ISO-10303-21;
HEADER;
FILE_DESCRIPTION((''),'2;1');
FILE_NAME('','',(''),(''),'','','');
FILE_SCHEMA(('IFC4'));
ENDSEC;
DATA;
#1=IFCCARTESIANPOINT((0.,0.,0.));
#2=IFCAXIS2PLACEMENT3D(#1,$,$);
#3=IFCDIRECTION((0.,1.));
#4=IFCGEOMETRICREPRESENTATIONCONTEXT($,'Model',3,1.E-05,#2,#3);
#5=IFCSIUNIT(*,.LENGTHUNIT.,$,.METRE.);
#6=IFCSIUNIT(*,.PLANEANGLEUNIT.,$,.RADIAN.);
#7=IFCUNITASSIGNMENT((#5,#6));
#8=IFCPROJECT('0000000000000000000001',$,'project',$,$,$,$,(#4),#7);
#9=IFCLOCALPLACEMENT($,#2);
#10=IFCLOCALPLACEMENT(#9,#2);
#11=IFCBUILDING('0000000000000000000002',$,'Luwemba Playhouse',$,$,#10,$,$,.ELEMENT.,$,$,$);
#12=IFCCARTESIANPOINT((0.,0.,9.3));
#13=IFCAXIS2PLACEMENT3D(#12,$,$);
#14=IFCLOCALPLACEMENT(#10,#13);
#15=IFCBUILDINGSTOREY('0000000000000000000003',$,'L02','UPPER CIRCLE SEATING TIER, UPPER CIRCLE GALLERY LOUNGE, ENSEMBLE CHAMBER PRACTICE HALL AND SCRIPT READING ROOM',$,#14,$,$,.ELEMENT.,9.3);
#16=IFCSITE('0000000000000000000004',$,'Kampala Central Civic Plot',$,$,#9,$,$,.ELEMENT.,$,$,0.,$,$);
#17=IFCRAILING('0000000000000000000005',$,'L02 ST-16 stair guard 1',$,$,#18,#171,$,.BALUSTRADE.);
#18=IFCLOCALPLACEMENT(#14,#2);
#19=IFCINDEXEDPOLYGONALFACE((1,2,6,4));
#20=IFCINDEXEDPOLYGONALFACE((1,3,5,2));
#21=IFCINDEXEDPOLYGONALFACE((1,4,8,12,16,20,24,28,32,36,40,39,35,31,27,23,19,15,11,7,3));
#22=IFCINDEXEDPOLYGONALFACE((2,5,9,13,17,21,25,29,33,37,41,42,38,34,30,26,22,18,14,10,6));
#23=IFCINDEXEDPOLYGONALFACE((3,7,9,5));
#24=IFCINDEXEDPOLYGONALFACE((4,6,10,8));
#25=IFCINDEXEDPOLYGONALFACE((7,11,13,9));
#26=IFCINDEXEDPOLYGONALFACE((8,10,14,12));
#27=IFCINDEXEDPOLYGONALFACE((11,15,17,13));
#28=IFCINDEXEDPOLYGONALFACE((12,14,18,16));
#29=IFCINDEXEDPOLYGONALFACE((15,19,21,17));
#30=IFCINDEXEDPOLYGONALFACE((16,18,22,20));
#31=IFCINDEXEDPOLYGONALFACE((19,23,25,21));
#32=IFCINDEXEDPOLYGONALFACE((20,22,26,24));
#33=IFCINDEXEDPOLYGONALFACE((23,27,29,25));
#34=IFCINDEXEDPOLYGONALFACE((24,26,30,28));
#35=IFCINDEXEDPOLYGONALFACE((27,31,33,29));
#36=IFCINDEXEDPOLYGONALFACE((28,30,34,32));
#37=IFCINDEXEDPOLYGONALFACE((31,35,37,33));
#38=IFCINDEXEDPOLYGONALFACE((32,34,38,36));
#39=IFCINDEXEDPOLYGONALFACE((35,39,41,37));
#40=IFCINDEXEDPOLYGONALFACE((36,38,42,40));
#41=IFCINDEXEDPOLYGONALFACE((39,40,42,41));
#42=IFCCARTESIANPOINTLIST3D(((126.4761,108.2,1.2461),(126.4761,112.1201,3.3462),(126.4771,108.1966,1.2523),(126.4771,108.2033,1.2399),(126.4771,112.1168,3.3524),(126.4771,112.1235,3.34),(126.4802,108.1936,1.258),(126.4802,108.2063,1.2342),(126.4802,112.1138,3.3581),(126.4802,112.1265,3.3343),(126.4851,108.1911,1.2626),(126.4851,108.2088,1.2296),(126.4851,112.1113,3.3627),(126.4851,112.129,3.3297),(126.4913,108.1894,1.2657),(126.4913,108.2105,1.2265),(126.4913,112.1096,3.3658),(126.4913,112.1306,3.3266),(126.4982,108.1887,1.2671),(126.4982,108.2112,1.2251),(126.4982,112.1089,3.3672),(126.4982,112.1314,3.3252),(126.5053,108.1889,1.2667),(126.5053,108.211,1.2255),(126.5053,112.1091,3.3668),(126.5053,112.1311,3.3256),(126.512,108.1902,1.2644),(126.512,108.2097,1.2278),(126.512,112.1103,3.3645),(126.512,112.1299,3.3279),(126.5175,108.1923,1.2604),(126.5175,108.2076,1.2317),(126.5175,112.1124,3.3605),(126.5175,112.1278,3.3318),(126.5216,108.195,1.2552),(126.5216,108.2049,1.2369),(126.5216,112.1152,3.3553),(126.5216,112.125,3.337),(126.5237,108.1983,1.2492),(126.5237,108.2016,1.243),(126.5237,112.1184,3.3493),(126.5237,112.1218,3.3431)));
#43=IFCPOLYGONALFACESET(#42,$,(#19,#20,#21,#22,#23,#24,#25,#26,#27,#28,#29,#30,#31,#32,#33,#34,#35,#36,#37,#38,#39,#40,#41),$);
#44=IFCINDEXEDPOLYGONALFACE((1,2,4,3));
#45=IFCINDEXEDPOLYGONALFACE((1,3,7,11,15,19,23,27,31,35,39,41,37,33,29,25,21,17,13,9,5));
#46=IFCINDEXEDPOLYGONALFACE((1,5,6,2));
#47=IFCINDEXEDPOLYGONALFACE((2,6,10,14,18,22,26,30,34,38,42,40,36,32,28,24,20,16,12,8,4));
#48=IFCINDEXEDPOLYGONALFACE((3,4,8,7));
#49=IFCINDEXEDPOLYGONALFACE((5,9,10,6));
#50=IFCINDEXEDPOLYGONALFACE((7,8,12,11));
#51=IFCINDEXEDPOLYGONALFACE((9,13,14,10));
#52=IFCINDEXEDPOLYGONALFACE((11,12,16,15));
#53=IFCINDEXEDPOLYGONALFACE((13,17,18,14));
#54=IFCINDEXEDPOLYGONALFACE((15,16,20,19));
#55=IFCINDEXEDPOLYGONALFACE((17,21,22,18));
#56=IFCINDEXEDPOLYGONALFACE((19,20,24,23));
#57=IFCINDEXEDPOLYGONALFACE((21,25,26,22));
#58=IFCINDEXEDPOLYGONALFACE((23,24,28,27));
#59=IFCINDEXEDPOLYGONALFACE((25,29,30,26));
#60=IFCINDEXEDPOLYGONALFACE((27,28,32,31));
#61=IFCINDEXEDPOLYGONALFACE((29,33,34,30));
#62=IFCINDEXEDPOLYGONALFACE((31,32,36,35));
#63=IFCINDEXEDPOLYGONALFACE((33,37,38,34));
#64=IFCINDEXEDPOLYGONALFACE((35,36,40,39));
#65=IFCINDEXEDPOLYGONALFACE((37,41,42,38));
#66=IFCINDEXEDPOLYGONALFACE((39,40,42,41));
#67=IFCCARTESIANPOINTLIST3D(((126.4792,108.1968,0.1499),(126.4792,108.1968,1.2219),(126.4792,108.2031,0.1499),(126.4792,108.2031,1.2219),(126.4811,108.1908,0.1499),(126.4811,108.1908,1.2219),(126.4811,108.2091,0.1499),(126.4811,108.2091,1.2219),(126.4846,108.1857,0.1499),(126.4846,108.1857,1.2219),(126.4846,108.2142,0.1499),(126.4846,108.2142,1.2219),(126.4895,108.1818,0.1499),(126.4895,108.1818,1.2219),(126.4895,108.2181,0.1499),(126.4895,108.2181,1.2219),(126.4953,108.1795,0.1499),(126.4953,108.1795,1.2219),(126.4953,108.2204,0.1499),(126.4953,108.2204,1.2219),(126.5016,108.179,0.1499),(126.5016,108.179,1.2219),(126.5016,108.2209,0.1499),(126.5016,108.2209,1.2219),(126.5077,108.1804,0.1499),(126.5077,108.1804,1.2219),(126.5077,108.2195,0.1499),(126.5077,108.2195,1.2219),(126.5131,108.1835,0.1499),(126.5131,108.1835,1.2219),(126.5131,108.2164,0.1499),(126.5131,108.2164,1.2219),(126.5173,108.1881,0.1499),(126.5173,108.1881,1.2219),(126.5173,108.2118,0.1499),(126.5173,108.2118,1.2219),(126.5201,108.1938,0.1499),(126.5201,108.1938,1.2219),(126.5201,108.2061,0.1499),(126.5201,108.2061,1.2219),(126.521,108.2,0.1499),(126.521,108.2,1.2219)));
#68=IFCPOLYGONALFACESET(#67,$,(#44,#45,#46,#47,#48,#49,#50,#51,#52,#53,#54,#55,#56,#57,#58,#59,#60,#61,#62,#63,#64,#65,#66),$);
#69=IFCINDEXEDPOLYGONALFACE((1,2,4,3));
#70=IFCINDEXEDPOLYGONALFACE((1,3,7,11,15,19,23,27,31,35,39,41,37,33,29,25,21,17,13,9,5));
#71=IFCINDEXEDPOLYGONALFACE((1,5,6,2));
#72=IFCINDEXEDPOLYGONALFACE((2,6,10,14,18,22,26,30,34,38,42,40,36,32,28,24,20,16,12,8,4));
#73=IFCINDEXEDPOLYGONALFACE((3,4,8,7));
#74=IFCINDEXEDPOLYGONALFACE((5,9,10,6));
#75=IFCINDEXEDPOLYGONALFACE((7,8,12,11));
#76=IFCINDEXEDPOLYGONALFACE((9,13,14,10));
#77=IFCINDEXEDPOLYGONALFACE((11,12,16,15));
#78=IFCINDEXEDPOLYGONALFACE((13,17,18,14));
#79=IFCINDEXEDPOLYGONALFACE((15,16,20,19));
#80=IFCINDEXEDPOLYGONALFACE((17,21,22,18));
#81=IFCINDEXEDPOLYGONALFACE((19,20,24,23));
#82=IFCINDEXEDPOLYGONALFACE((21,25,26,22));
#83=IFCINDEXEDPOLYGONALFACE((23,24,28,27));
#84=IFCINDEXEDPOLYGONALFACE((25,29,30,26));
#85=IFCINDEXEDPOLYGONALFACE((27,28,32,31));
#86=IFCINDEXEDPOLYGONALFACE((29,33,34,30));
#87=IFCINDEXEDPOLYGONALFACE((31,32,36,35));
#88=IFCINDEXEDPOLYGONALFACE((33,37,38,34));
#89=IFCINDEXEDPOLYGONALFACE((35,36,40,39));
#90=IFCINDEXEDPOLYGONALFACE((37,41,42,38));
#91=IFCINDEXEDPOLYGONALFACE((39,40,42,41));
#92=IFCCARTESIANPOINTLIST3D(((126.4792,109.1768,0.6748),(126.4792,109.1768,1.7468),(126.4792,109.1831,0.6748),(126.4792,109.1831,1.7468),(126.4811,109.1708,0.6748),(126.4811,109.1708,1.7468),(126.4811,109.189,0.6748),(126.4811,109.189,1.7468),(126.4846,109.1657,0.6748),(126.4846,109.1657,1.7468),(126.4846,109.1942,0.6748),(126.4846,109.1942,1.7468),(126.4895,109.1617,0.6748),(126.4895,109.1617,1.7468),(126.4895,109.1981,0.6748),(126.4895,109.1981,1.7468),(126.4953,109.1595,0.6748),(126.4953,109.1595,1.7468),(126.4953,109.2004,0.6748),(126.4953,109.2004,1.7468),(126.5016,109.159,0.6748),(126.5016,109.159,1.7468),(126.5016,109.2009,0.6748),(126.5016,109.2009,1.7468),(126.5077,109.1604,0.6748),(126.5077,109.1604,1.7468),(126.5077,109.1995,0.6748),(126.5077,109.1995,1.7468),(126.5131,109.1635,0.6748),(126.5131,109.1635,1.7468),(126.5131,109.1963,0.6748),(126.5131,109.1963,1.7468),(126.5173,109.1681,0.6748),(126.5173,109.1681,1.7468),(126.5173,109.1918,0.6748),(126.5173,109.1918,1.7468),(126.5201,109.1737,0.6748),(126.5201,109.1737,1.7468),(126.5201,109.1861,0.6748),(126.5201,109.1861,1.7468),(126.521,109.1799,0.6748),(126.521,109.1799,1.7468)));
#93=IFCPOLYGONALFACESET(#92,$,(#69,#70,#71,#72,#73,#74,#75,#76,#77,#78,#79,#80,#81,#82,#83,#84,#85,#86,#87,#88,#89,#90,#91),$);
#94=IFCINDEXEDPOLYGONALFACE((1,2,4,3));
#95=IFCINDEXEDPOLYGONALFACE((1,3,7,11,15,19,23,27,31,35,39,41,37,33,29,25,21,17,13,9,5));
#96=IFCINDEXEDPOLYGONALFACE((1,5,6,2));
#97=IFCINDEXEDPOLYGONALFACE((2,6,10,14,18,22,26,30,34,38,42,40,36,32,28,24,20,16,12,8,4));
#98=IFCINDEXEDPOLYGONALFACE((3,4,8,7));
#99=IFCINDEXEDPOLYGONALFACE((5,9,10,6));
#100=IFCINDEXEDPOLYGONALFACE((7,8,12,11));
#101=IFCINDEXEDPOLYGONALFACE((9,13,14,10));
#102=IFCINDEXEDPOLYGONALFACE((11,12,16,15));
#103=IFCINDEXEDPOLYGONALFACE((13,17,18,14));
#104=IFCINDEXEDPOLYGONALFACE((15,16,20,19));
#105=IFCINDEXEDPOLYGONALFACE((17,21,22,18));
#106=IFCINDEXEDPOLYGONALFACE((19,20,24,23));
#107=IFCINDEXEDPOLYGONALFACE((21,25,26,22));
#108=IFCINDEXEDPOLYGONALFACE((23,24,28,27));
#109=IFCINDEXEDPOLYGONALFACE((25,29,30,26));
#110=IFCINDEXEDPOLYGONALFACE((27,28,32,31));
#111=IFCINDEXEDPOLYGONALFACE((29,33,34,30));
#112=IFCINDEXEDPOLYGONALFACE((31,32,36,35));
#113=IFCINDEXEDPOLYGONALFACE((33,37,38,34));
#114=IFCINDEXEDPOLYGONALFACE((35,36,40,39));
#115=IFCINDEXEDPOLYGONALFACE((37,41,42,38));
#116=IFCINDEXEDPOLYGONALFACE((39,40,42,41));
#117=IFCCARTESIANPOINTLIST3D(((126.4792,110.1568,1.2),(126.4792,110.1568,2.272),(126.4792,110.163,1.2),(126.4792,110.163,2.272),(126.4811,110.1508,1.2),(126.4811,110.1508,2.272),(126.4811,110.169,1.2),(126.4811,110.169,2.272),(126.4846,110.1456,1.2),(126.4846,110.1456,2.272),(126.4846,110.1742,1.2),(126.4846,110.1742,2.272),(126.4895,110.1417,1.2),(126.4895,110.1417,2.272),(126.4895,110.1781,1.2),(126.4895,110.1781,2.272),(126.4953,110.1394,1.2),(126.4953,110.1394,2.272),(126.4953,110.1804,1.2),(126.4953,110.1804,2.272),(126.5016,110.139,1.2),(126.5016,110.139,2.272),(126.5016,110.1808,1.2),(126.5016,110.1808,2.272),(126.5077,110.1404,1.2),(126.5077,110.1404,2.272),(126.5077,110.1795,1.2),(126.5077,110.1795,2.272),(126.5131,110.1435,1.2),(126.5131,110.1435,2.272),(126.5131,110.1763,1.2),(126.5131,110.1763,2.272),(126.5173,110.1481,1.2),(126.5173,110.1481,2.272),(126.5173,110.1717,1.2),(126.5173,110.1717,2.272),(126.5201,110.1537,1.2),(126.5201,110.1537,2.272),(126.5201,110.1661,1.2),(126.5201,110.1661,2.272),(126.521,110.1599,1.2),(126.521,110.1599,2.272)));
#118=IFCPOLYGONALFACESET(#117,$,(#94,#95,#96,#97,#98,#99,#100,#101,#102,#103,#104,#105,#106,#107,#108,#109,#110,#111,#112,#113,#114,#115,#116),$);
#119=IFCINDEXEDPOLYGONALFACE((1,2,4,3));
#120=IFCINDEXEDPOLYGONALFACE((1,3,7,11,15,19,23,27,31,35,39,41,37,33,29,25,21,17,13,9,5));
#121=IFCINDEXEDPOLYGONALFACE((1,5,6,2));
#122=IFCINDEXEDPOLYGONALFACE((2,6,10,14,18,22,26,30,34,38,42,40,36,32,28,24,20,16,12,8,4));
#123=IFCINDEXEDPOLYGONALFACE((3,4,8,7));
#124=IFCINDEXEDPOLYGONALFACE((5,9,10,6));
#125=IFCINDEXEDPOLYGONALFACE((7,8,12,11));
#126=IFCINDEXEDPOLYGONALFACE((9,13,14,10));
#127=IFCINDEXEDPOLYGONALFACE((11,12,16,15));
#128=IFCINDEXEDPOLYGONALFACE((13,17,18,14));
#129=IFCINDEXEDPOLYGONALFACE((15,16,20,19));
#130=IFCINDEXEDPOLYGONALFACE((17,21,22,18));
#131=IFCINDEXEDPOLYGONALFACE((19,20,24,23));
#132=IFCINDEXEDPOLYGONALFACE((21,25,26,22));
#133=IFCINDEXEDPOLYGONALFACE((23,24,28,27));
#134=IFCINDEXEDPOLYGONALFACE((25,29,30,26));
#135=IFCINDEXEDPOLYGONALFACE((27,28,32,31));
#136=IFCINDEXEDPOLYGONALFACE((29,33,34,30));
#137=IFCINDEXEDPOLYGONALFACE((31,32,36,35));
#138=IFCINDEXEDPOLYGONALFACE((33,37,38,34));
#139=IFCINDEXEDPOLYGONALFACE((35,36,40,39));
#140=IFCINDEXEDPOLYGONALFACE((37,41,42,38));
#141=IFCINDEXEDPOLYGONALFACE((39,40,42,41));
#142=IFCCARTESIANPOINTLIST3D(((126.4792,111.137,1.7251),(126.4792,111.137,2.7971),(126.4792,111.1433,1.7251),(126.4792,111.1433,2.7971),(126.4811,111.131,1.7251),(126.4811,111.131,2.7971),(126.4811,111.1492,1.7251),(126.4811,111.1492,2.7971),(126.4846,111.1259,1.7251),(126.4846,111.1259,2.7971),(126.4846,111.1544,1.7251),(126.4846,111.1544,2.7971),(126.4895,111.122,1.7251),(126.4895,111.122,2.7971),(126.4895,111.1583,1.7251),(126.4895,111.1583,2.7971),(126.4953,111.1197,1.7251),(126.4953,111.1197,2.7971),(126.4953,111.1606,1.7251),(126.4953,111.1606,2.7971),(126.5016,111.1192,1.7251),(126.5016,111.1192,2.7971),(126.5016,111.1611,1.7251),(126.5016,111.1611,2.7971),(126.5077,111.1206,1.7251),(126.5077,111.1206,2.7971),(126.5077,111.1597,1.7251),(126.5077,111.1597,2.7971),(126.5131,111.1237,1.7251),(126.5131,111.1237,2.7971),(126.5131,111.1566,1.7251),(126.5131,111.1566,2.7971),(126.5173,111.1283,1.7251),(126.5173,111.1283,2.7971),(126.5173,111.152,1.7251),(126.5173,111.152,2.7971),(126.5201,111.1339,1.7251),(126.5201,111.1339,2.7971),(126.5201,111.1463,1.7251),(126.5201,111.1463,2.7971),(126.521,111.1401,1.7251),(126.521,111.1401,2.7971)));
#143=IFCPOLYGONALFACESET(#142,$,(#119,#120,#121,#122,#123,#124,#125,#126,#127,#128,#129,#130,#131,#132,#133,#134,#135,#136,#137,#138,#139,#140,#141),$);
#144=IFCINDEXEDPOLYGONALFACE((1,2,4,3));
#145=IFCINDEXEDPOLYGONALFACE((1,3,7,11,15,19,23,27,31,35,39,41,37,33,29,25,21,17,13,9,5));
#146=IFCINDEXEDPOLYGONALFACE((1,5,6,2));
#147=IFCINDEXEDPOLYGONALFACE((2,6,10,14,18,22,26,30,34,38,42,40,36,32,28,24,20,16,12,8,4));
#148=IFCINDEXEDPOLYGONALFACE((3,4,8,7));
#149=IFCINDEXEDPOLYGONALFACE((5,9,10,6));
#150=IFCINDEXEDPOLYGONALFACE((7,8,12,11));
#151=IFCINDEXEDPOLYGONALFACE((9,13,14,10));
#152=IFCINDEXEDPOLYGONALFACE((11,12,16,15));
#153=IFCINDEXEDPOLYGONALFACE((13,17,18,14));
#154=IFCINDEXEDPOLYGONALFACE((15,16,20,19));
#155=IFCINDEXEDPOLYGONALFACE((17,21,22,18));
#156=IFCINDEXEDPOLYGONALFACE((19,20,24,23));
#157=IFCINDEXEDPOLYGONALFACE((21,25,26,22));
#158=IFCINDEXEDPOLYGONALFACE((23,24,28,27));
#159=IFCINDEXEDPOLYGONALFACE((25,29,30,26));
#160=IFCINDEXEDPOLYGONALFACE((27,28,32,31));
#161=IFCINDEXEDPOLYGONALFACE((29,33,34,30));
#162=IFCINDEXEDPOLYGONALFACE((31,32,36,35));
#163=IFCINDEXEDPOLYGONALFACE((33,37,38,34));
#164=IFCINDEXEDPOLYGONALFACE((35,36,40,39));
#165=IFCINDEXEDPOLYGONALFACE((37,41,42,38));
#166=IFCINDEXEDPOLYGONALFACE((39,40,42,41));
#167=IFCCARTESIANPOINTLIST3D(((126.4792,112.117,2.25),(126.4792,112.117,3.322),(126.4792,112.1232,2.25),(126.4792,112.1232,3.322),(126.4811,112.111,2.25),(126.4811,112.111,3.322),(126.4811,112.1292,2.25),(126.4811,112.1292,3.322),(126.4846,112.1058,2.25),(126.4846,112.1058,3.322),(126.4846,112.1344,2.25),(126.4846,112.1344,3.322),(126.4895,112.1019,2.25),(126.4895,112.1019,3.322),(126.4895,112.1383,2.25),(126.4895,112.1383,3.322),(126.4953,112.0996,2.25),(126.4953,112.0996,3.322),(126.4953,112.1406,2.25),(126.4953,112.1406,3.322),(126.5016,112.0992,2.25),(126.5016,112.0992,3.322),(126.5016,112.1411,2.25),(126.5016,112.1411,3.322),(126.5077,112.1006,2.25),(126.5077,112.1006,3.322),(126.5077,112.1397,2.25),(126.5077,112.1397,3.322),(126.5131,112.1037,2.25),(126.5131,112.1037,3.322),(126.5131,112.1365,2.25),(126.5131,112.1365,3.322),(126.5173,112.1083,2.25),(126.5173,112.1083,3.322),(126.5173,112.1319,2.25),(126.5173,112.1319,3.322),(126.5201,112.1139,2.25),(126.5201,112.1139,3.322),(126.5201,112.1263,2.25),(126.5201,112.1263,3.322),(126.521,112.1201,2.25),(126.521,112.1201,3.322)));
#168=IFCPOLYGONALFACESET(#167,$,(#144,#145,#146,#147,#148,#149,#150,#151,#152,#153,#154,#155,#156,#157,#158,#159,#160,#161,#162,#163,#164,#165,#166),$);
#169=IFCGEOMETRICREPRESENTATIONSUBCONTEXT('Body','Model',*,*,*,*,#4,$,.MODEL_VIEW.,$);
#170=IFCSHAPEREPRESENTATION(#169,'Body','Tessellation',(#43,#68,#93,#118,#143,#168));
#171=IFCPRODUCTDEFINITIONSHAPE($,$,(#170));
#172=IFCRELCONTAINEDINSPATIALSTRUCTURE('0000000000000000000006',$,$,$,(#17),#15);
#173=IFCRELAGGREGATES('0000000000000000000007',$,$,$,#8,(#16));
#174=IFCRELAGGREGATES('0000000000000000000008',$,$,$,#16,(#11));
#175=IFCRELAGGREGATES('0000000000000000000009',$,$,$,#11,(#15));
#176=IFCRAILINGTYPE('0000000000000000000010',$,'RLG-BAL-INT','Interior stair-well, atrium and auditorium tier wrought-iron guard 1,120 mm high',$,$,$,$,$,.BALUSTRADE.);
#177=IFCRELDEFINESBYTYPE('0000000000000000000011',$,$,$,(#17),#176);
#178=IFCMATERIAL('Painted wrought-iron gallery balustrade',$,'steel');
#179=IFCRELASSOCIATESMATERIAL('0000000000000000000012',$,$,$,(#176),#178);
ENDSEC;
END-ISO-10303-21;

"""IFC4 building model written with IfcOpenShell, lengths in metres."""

from ifc_helpers import new_model, si_unit, direction, frame, origin, origin_2d, place, context, subcontext, project, spatial, circle, extrude, material, type_object, element, save


model = new_model("IFC4")

# Units and contexts
model_context = context("Model", 3, precision=1e-05, world=origin(), true_north=direction((0.0, 1.0)))
body_context = subcontext(model_context, "Body", "Model", "MODEL_VIEW")
ifc_project = project(units=[si_unit("LENGTHUNIT", "METRE"), si_unit("PLANEANGLEUNIT", "RADIAN")], contexts=[model_context])

# Site, building, storey
site_placement = place(None, origin())
site = spatial("IfcSite", under=ifc_project, at=site_placement, Name="Kampala Central Civic Plot", CompositionType="ELEMENT", RefElevation=0.0)
building_placement = place(site_placement, origin())
building = spatial("IfcBuilding", under=site, at=building_placement, Name="Luwemba Playhouse", CompositionType="ELEMENT")
storey_placement = place(building_placement, frame((0.0, 0.0, 9.3)))
storey = spatial("IfcBuildingStorey", under=building, at=storey_placement, Name="L02", Description="UPPER CIRCLE SEATING TIER, UPPER CIRCLE GALLERY LOUNGE, ENSEMBLE CHAMBER PRACTICE HALL AND SCRIPT READING ROOM", CompositionType="ELEMENT", Elevation=9.3)

# Railing
ifc_material_1 = material(Name="Painted wrought-iron gallery balustrade", Category="steel")
railing_type_1 = type_object("IfcRailingType", Name="RLG-BAL-INT", Description="Interior stair-well, atrium and auditorium tier wrought-iron guard 1,120 mm high", PredefinedType="BALUSTRADE", material=ifc_material_1)
railing_1_placement = place(storey_placement, frame((126.5, 108.2, 0.1499)))
element("IfcRailing", 1, at=railing_1_placement, inside=storey, type_object=railing_type_1, Name="L02 ST-16 stair guard 1", PredefinedType="BALUSTRADE", context=body_context, shape_type="SweptSolid", body=[
    extrude(circle(Radius=0.0239, at=origin_2d()), frame((0.0, 0.0, 1.0962), z_axis=(0.0, 0.881479, 0.472223), x_axis=(-1.0, 0.0, 0.0)), (0.0, 0.0, 1.0), 4.4473),
    extrude(circle(Radius=0.021, at=origin_2d()), origin(), (0.0, 0.0, 1.0), 1.072),
    extrude(circle(Radius=0.021, at=origin_2d()), frame((0.0, 0.98, 0.5249)), (0.0, 0.0, 1.0), 1.072),
    extrude(circle(Radius=0.021, at=origin_2d()), frame((0.0, 1.96, 1.05)), (0.0, 0.0, 1.0), 1.072),
    extrude(circle(Radius=0.021, at=origin_2d()), frame((0.0, 2.9402, 1.5752)), (0.0, 0.0, 1.0), 1.072),
    extrude(circle(Radius=0.021, at=origin_2d()), frame((0.0, 3.9202, 2.1001)), (0.0, 0.0, 1.0), 1.072),
])

save(model, "model.ifc")
